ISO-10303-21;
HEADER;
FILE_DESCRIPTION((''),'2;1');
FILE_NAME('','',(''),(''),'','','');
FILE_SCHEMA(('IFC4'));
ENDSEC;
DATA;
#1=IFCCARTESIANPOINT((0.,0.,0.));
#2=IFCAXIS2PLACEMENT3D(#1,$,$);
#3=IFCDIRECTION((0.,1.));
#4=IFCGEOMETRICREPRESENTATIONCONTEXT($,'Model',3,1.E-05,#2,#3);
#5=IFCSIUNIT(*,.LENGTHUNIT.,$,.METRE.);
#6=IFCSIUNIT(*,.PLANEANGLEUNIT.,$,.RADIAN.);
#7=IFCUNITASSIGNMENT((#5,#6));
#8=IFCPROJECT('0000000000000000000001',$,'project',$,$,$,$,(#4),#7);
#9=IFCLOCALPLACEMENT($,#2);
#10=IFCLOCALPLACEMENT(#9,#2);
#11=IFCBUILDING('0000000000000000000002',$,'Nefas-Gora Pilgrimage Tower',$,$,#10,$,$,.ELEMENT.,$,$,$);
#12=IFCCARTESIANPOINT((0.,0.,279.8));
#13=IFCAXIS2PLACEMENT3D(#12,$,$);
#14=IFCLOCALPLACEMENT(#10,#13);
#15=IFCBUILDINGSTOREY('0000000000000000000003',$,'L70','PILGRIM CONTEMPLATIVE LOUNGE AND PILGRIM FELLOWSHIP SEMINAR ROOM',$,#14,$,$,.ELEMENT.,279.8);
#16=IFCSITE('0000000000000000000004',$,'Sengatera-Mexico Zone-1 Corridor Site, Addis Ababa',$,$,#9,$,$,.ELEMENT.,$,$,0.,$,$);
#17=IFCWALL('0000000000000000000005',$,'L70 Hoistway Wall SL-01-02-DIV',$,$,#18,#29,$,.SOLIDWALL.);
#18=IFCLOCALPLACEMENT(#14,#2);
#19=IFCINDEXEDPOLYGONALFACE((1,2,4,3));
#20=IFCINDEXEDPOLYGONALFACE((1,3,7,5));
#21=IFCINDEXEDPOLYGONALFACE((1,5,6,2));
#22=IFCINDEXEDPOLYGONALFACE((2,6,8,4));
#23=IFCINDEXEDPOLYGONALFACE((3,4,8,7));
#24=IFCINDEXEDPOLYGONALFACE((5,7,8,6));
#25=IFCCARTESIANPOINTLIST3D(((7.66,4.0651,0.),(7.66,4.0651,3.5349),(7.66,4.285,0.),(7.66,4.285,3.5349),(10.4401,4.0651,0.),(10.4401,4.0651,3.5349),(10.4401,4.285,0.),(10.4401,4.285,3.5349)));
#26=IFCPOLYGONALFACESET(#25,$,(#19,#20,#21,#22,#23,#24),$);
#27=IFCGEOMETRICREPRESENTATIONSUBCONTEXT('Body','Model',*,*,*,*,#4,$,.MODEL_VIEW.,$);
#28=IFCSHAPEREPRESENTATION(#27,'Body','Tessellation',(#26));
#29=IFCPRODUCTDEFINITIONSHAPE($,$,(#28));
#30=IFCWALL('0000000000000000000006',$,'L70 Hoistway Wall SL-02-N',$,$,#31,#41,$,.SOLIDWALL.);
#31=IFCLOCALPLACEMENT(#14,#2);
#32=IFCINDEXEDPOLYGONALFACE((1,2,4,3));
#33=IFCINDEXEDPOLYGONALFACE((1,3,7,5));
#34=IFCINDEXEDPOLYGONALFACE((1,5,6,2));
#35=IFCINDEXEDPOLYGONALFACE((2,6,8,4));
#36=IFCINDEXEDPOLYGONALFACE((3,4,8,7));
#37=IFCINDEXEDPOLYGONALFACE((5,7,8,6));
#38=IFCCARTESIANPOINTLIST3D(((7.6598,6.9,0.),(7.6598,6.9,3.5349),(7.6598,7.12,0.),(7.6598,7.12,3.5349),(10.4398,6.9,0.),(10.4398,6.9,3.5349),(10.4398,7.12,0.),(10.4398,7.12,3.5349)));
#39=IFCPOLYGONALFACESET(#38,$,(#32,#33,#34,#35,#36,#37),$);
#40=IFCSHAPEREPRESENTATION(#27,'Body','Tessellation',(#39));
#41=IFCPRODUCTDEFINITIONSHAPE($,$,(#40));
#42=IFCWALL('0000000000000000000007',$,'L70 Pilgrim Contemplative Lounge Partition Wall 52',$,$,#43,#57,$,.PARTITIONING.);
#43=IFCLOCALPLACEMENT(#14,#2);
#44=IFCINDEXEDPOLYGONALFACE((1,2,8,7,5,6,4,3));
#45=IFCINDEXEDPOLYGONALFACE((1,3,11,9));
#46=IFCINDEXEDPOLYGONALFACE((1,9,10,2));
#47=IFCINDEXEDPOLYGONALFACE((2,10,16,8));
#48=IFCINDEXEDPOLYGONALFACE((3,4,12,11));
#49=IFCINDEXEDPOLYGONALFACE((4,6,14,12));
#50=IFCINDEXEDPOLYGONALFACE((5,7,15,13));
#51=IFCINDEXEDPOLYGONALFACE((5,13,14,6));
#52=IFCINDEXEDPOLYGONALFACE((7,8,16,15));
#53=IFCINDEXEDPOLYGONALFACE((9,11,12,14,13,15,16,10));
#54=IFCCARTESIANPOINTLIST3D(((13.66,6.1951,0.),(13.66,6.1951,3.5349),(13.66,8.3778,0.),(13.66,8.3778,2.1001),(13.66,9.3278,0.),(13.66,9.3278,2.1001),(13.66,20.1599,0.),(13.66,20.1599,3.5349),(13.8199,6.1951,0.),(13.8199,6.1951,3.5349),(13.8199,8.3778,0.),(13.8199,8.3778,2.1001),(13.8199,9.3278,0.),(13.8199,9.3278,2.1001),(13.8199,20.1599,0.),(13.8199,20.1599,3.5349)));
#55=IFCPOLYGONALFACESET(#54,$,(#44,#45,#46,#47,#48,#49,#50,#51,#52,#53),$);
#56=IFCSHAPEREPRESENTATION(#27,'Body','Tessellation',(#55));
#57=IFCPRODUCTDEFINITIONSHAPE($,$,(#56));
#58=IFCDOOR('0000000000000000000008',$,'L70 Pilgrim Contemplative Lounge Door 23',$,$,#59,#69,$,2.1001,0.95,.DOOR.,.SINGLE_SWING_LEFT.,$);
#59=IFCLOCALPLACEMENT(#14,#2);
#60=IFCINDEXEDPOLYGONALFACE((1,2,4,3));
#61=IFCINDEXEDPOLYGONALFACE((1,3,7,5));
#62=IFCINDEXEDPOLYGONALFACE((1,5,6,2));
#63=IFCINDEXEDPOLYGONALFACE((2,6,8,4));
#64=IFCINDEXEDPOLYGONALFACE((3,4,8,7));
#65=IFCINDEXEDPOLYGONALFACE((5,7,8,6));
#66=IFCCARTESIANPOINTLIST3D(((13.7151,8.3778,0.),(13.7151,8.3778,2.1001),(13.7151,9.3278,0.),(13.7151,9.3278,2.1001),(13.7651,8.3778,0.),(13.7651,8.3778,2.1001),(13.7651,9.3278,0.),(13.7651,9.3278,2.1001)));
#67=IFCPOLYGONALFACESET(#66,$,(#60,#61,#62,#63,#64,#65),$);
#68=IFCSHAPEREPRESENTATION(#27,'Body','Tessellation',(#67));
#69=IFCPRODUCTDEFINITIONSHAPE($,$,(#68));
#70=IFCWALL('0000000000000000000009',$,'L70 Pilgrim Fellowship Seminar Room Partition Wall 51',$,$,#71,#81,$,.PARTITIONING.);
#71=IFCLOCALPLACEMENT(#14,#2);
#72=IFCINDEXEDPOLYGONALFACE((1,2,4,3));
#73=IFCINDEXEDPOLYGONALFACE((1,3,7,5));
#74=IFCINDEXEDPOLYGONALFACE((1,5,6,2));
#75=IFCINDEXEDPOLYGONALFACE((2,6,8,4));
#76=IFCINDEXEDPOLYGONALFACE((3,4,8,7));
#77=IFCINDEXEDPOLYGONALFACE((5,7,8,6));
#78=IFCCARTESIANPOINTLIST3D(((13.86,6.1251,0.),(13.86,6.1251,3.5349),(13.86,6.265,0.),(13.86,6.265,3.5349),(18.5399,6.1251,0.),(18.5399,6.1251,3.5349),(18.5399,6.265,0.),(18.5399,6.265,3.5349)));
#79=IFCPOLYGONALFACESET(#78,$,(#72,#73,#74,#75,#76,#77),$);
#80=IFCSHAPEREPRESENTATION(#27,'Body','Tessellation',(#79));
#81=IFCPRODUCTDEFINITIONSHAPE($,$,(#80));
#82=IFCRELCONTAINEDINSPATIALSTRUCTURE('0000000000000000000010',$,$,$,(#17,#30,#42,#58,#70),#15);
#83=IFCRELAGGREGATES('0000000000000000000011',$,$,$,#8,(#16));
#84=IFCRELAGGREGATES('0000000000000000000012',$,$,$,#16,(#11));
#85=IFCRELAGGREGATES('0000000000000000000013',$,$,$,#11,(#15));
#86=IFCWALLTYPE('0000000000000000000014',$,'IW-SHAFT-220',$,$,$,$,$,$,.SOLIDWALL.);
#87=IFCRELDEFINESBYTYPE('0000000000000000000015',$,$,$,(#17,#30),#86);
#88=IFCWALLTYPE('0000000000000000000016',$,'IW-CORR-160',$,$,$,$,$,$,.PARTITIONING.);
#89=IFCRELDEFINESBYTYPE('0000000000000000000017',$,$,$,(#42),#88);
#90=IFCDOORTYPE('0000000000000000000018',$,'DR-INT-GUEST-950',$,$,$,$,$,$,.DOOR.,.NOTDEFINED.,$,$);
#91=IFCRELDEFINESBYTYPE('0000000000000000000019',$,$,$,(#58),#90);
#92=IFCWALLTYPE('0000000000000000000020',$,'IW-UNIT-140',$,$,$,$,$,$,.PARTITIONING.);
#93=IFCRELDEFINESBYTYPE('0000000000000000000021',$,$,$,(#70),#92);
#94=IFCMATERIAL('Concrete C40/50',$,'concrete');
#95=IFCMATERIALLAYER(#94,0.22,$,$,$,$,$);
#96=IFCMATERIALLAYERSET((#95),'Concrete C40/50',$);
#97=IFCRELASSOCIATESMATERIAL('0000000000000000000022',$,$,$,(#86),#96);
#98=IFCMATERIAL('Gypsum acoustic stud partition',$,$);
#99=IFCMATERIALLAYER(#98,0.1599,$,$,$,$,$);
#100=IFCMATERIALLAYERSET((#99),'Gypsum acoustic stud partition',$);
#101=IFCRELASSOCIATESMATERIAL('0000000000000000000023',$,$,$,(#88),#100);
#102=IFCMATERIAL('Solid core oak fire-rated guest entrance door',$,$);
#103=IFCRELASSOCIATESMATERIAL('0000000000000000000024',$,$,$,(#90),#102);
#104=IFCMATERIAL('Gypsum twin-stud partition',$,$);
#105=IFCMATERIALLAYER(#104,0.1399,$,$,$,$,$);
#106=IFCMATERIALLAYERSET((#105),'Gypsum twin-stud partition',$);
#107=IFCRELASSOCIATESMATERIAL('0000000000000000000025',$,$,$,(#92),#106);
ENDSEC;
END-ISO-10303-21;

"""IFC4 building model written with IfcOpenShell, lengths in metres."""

from ifc_helpers import new_model, si_unit, direction, frame, frame_2d, origin, place, context, subcontext, project, spatial, rectangle, extrude, source, transform, mapped, material, layer, layer_set, type_object, element, fill, save


model = new_model("IFC4")

# Units and contexts
model_context = context("Model", 3, precision=1e-05, world=origin(), true_north=direction((0.0, 1.0)))
body_context = subcontext(model_context, "Body", "Model", "MODEL_VIEW")
ifc_project = project(units=[si_unit("LENGTHUNIT", "METRE"), si_unit("PLANEANGLEUNIT", "RADIAN")], contexts=[model_context])

# Site, building, storey
site_placement = place(None, origin())
site = spatial("IfcSite", under=ifc_project, at=site_placement, Name="Sengatera-Mexico Zone-1 Corridor Site, Addis Ababa", CompositionType="ELEMENT", RefElevation=0.0)
building_placement = place(site_placement, origin())
building = spatial("IfcBuilding", under=site, at=building_placement, Name="Nefas-Gora Pilgrimage Tower", CompositionType="ELEMENT")
storey_placement = place(building_placement, frame((0.0, 0.0, 279.8)))
storey = spatial("IfcBuildingStorey", under=building, at=storey_placement, Name="L70", Description="PILGRIM CONTEMPLATIVE LOUNGE AND PILGRIM FELLOWSHIP SEMINAR ROOM", CompositionType="ELEMENT", Elevation=279.8)

# Shared definitions
ifc_material_1 = material(Name="Concrete C40/50", Category="concrete")
ifc_layer_1 = layer(ifc_material_1, 0.22)
ifc_layer_set_1 = layer_set([ifc_layer_1], Name="Concrete C40/50")
wall_type_1 = type_object("IfcWallType", Name="IW-SHAFT-220", PredefinedType="SOLIDWALL", material=ifc_layer_set_1)

# Walls
shared_shape_1 = source(origin(), body_context, "Body", "SweptSolid", [
    extrude(rectangle(XDim=2.78, YDim=0.22, at=frame_2d((1.3901, 0.0))), origin(), (0.0, 0.0, 1.0), 3.5349),
])
for number, where, z_axis, x_axis, name in (
    (1, (7.6599, 4.175, 0.0), (0.0, 0.0, 1.0), (1.0, 0.0, 0.0), "L70 Hoistway Wall SL-01-02-DIV"),
    (2, (10.4399, 7.01, 0.0), (0.0, 0.0, 1.0), (-1.0, 0.0, 0.0), "L70 Hoistway Wall SL-02-N"),
):
    element("IfcWall", number, at=place(storey_placement, frame(where, z_axis=z_axis, x_axis=x_axis)), inside=storey, type_object=wall_type_1, Name=name, PredefinedType="SOLIDWALL", context=body_context, shape_type="MappedRepresentation", body=[
        mapped(shared_shape_1, transform((0.0, 0.0, 0.0), x_axis=(1.0, 0.0, 0.0), y_axis=(0.0, 1.0, 0.0), z_axis=(0.0, 0.0, 1.0), scale=1.0)),
    ])

# Wall, opening, door
ifc_material_2 = material(Name="Gypsum acoustic stud partition")
ifc_layer_2 = layer(ifc_material_2, 0.1599)
ifc_layer_set_2 = layer_set([ifc_layer_2], Name="Gypsum acoustic stud partition")
wall_type_2 = type_object("IfcWallType", Name="IW-CORR-160", PredefinedType="PARTITIONING", material=ifc_layer_set_2)
shared_shape_2 = source(origin(), body_context, "Body", "SweptSolid", [
    extrude(rectangle(XDim=13.9648, YDim=0.1599, at=frame_2d((6.9824, 0.0))), origin(), (0.0, 0.0, 1.0), 3.5349),
])
wall_1_placement = place(storey_placement, frame((13.74, 6.1951, 0.0), z_axis=(0.0, 0.0, 1.0), x_axis=(0.0, 1.0, 0.0)))
wall_1 = element("IfcWall", 3, at=wall_1_placement, inside=storey, type_object=wall_type_2, Name="L70 Pilgrim Contemplative Lounge Partition Wall 52", PredefinedType="PARTITIONING", context=body_context, shape_type="MappedRepresentation", body=[
    mapped(shared_shape_2, transform((0.0, 0.0, 0.0), x_axis=(1.0, 0.0, 0.0), y_axis=(0.0, 1.0, 0.0), z_axis=(0.0, 0.0, 1.0), scale=1.0)),
])
opening_1_placement = place(wall_1_placement, frame((2.1826, 0.0, 0.0)))
opening_1 = element("IfcOpeningElement", 4, at=opening_1_placement, cuts=wall_1, PredefinedType="OPENING", context=body_context, shape_type="SweptSolid", body=[
    extrude(rectangle(XDim=0.95, YDim=2.1001, at=frame_2d((0.4751, 1.05))), frame((0.0, 0.0898, 0.0), z_axis=(0.0, -1.0, 0.0), x_axis=(1.0, 0.0, 0.0)), (0.0, 0.0, 1.0), 0.1799),
])
ifc_material_3 = material(Name="Solid core oak fire-rated guest entrance door")
door_type_1 = type_object("IfcDoorType", Name="DR-INT-GUEST-950", OperationType="NOTDEFINED", PredefinedType="DOOR", material=ifc_material_3)
shared_shape_3 = source(origin(), body_context, "Body", "SweptSolid", [
    extrude(rectangle(XDim=0.95, YDim=2.1001, at=frame_2d((0.4751, 1.05))), frame((0.0, 0.0249, 0.0), z_axis=(0.0, -1.0, 0.0), x_axis=(1.0, 0.0, 0.0)), (0.0, 0.0, 1.0), 0.05),
])
door_1_placement = place(opening_1_placement, origin())
door_1 = element("IfcDoor", 5, at=door_1_placement, inside=storey, type_object=door_type_1, Name="L70 Pilgrim Contemplative Lounge Door 23", OperationType="SINGLE_SWING_LEFT", OverallHeight=2.1001, OverallWidth=0.95, PredefinedType="DOOR", context=body_context, shape_type="MappedRepresentation", body=[
    mapped(shared_shape_3, transform((0.0, 0.0, 0.0), x_axis=(1.0, 0.0, 0.0), y_axis=(0.0, 1.0, 0.0), z_axis=(0.0, 0.0, 1.0), scale=1.0)),
])
fill(opening_1, door_1)

# Wall
ifc_material_4 = material(Name="Gypsum twin-stud partition")
ifc_layer_3 = layer(ifc_material_4, 0.1399)
ifc_layer_set_3 = layer_set([ifc_layer_3], Name="Gypsum twin-stud partition")
wall_type_3 = type_object("IfcWallType", Name="IW-UNIT-140", PredefinedType="PARTITIONING", material=ifc_layer_set_3)
shared_shape_4 = source(origin(), body_context, "Body", "SweptSolid", [
    extrude(rectangle(XDim=4.6799, YDim=0.1399, at=frame_2d((2.3398, 0.0))), origin(), (0.0, 0.0, 1.0), 3.5349),
])
wall_2_placement = place(storey_placement, frame((13.8601, 6.1951, 0.0), z_axis=(0.0, 0.0, 1.0), x_axis=(1.0, 0.0, 0.0)))
element("IfcWall", 6, at=wall_2_placement, inside=storey, type_object=wall_type_3, Name="L70 Pilgrim Fellowship Seminar Room Partition Wall 51", PredefinedType="PARTITIONING", context=body_context, shape_type="MappedRepresentation", body=[
    mapped(shared_shape_4, transform((0.0, 0.0, 0.0), x_axis=(1.0, 0.0, 0.0), y_axis=(0.0, 1.0, 0.0), z_axis=(0.0, 0.0, 1.0), scale=1.0)),
])

save(model, "model.ifc")
